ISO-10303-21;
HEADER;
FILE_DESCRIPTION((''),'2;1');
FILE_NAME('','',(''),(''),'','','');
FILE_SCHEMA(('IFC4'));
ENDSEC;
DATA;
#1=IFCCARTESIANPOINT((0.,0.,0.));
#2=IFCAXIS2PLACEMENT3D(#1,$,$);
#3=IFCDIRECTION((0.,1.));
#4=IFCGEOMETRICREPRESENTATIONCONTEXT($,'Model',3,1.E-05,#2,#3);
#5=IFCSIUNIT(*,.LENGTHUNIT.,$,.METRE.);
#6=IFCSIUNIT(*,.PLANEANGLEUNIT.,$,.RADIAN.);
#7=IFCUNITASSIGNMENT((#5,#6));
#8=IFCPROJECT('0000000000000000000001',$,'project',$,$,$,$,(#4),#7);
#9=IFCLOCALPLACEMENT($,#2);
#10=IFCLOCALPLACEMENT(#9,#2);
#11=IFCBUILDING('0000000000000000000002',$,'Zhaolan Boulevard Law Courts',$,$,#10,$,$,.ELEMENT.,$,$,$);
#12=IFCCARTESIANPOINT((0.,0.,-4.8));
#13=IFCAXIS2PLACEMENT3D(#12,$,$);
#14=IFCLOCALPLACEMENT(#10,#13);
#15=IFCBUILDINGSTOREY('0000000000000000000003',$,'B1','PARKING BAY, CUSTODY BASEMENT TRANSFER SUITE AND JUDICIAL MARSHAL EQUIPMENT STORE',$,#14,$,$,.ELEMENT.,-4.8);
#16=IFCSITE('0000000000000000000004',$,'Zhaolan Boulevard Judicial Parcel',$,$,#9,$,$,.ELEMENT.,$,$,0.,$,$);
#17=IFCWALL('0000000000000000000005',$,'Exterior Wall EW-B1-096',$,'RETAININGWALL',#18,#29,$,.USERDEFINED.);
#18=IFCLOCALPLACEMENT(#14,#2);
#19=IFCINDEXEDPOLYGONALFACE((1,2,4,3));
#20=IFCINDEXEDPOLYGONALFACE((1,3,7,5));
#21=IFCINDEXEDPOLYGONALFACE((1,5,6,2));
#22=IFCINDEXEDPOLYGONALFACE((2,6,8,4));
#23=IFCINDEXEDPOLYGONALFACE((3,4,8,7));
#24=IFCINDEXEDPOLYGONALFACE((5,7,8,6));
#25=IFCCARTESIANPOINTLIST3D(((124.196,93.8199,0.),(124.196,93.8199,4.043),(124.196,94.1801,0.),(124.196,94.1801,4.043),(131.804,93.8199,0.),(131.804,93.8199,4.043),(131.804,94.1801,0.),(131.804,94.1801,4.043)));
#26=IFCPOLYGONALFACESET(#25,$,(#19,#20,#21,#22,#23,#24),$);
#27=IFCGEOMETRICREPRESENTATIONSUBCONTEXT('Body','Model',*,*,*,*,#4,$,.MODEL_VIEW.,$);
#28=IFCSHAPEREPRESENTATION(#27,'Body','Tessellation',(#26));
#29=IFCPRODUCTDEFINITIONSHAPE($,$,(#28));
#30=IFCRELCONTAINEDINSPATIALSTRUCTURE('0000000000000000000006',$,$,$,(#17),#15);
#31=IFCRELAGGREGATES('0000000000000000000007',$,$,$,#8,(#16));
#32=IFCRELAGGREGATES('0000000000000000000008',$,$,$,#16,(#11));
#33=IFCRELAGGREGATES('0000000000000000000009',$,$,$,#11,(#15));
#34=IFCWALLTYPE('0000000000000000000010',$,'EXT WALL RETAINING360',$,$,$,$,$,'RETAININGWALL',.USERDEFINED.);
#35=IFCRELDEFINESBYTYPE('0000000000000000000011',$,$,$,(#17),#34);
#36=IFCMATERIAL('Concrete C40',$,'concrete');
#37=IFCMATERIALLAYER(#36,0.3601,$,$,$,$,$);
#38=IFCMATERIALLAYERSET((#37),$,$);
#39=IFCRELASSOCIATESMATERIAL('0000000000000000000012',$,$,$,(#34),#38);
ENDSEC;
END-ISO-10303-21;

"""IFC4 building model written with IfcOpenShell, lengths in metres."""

from ifc_helpers import new_model, si_unit, direction, frame, frame_2d, origin, place, context, subcontext, project, spatial, rectangle, extrude, material, layer, layer_set, type_object, element, save


model = new_model("IFC4")

# Units and contexts
model_context = context("Model", 3, precision=1e-05, world=origin(), true_north=direction((0.0, 1.0)))
body_context = subcontext(model_context, "Body", "Model", "MODEL_VIEW")
ifc_project = project(units=[si_unit("LENGTHUNIT", "METRE"), si_unit("PLANEANGLEUNIT", "RADIAN")], contexts=[model_context])

# Site, building, storey
site_placement = place(None, origin())
site = spatial("IfcSite", under=ifc_project, at=site_placement, Name="Zhaolan Boulevard Judicial Parcel", CompositionType="ELEMENT", RefElevation=0.0)
building_placement = place(site_placement, origin())
building = spatial("IfcBuilding", under=site, at=building_placement, Name="Zhaolan Boulevard Law Courts", CompositionType="ELEMENT")
storey_placement = place(building_placement, frame((0.0, 0.0, -4.8)))
storey = spatial("IfcBuildingStorey", under=building, at=storey_placement, Name="B1", Description="PARKING BAY, CUSTODY BASEMENT TRANSFER SUITE AND JUDICIAL MARSHAL EQUIPMENT STORE", CompositionType="ELEMENT", Elevation=-4.8)

# Wall
ifc_material_1 = material(Name="Concrete C40", Category="concrete")
ifc_layer = layer(ifc_material_1, 0.3601)
ifc_layer_set = layer_set([ifc_layer])
wall_type = type_object("IfcWallType", Name="EXT WALL RETAINING360", ElementType="RETAININGWALL", PredefinedType="USERDEFINED", material=ifc_layer_set)
wall_placement = place(storey_placement, frame((131.804, 94.0, 0.0), z_axis=(0.0, 0.0, 1.0), x_axis=(-1.0, 0.0, 0.0)))
element("IfcWall", 1, at=wall_placement, inside=storey, type_object=wall_type, Name="Exterior Wall EW-B1-096", ObjectType="RETAININGWALL", PredefinedType="USERDEFINED", context=body_context, shape_type="SweptSolid", body=[
    extrude(rectangle(XDim=7.6079, YDim=0.3601, at=frame_2d((3.804, 0.0))), origin(), (0.0, 0.0, 1.0), 4.043),
])

save(model, "model.ifc")
